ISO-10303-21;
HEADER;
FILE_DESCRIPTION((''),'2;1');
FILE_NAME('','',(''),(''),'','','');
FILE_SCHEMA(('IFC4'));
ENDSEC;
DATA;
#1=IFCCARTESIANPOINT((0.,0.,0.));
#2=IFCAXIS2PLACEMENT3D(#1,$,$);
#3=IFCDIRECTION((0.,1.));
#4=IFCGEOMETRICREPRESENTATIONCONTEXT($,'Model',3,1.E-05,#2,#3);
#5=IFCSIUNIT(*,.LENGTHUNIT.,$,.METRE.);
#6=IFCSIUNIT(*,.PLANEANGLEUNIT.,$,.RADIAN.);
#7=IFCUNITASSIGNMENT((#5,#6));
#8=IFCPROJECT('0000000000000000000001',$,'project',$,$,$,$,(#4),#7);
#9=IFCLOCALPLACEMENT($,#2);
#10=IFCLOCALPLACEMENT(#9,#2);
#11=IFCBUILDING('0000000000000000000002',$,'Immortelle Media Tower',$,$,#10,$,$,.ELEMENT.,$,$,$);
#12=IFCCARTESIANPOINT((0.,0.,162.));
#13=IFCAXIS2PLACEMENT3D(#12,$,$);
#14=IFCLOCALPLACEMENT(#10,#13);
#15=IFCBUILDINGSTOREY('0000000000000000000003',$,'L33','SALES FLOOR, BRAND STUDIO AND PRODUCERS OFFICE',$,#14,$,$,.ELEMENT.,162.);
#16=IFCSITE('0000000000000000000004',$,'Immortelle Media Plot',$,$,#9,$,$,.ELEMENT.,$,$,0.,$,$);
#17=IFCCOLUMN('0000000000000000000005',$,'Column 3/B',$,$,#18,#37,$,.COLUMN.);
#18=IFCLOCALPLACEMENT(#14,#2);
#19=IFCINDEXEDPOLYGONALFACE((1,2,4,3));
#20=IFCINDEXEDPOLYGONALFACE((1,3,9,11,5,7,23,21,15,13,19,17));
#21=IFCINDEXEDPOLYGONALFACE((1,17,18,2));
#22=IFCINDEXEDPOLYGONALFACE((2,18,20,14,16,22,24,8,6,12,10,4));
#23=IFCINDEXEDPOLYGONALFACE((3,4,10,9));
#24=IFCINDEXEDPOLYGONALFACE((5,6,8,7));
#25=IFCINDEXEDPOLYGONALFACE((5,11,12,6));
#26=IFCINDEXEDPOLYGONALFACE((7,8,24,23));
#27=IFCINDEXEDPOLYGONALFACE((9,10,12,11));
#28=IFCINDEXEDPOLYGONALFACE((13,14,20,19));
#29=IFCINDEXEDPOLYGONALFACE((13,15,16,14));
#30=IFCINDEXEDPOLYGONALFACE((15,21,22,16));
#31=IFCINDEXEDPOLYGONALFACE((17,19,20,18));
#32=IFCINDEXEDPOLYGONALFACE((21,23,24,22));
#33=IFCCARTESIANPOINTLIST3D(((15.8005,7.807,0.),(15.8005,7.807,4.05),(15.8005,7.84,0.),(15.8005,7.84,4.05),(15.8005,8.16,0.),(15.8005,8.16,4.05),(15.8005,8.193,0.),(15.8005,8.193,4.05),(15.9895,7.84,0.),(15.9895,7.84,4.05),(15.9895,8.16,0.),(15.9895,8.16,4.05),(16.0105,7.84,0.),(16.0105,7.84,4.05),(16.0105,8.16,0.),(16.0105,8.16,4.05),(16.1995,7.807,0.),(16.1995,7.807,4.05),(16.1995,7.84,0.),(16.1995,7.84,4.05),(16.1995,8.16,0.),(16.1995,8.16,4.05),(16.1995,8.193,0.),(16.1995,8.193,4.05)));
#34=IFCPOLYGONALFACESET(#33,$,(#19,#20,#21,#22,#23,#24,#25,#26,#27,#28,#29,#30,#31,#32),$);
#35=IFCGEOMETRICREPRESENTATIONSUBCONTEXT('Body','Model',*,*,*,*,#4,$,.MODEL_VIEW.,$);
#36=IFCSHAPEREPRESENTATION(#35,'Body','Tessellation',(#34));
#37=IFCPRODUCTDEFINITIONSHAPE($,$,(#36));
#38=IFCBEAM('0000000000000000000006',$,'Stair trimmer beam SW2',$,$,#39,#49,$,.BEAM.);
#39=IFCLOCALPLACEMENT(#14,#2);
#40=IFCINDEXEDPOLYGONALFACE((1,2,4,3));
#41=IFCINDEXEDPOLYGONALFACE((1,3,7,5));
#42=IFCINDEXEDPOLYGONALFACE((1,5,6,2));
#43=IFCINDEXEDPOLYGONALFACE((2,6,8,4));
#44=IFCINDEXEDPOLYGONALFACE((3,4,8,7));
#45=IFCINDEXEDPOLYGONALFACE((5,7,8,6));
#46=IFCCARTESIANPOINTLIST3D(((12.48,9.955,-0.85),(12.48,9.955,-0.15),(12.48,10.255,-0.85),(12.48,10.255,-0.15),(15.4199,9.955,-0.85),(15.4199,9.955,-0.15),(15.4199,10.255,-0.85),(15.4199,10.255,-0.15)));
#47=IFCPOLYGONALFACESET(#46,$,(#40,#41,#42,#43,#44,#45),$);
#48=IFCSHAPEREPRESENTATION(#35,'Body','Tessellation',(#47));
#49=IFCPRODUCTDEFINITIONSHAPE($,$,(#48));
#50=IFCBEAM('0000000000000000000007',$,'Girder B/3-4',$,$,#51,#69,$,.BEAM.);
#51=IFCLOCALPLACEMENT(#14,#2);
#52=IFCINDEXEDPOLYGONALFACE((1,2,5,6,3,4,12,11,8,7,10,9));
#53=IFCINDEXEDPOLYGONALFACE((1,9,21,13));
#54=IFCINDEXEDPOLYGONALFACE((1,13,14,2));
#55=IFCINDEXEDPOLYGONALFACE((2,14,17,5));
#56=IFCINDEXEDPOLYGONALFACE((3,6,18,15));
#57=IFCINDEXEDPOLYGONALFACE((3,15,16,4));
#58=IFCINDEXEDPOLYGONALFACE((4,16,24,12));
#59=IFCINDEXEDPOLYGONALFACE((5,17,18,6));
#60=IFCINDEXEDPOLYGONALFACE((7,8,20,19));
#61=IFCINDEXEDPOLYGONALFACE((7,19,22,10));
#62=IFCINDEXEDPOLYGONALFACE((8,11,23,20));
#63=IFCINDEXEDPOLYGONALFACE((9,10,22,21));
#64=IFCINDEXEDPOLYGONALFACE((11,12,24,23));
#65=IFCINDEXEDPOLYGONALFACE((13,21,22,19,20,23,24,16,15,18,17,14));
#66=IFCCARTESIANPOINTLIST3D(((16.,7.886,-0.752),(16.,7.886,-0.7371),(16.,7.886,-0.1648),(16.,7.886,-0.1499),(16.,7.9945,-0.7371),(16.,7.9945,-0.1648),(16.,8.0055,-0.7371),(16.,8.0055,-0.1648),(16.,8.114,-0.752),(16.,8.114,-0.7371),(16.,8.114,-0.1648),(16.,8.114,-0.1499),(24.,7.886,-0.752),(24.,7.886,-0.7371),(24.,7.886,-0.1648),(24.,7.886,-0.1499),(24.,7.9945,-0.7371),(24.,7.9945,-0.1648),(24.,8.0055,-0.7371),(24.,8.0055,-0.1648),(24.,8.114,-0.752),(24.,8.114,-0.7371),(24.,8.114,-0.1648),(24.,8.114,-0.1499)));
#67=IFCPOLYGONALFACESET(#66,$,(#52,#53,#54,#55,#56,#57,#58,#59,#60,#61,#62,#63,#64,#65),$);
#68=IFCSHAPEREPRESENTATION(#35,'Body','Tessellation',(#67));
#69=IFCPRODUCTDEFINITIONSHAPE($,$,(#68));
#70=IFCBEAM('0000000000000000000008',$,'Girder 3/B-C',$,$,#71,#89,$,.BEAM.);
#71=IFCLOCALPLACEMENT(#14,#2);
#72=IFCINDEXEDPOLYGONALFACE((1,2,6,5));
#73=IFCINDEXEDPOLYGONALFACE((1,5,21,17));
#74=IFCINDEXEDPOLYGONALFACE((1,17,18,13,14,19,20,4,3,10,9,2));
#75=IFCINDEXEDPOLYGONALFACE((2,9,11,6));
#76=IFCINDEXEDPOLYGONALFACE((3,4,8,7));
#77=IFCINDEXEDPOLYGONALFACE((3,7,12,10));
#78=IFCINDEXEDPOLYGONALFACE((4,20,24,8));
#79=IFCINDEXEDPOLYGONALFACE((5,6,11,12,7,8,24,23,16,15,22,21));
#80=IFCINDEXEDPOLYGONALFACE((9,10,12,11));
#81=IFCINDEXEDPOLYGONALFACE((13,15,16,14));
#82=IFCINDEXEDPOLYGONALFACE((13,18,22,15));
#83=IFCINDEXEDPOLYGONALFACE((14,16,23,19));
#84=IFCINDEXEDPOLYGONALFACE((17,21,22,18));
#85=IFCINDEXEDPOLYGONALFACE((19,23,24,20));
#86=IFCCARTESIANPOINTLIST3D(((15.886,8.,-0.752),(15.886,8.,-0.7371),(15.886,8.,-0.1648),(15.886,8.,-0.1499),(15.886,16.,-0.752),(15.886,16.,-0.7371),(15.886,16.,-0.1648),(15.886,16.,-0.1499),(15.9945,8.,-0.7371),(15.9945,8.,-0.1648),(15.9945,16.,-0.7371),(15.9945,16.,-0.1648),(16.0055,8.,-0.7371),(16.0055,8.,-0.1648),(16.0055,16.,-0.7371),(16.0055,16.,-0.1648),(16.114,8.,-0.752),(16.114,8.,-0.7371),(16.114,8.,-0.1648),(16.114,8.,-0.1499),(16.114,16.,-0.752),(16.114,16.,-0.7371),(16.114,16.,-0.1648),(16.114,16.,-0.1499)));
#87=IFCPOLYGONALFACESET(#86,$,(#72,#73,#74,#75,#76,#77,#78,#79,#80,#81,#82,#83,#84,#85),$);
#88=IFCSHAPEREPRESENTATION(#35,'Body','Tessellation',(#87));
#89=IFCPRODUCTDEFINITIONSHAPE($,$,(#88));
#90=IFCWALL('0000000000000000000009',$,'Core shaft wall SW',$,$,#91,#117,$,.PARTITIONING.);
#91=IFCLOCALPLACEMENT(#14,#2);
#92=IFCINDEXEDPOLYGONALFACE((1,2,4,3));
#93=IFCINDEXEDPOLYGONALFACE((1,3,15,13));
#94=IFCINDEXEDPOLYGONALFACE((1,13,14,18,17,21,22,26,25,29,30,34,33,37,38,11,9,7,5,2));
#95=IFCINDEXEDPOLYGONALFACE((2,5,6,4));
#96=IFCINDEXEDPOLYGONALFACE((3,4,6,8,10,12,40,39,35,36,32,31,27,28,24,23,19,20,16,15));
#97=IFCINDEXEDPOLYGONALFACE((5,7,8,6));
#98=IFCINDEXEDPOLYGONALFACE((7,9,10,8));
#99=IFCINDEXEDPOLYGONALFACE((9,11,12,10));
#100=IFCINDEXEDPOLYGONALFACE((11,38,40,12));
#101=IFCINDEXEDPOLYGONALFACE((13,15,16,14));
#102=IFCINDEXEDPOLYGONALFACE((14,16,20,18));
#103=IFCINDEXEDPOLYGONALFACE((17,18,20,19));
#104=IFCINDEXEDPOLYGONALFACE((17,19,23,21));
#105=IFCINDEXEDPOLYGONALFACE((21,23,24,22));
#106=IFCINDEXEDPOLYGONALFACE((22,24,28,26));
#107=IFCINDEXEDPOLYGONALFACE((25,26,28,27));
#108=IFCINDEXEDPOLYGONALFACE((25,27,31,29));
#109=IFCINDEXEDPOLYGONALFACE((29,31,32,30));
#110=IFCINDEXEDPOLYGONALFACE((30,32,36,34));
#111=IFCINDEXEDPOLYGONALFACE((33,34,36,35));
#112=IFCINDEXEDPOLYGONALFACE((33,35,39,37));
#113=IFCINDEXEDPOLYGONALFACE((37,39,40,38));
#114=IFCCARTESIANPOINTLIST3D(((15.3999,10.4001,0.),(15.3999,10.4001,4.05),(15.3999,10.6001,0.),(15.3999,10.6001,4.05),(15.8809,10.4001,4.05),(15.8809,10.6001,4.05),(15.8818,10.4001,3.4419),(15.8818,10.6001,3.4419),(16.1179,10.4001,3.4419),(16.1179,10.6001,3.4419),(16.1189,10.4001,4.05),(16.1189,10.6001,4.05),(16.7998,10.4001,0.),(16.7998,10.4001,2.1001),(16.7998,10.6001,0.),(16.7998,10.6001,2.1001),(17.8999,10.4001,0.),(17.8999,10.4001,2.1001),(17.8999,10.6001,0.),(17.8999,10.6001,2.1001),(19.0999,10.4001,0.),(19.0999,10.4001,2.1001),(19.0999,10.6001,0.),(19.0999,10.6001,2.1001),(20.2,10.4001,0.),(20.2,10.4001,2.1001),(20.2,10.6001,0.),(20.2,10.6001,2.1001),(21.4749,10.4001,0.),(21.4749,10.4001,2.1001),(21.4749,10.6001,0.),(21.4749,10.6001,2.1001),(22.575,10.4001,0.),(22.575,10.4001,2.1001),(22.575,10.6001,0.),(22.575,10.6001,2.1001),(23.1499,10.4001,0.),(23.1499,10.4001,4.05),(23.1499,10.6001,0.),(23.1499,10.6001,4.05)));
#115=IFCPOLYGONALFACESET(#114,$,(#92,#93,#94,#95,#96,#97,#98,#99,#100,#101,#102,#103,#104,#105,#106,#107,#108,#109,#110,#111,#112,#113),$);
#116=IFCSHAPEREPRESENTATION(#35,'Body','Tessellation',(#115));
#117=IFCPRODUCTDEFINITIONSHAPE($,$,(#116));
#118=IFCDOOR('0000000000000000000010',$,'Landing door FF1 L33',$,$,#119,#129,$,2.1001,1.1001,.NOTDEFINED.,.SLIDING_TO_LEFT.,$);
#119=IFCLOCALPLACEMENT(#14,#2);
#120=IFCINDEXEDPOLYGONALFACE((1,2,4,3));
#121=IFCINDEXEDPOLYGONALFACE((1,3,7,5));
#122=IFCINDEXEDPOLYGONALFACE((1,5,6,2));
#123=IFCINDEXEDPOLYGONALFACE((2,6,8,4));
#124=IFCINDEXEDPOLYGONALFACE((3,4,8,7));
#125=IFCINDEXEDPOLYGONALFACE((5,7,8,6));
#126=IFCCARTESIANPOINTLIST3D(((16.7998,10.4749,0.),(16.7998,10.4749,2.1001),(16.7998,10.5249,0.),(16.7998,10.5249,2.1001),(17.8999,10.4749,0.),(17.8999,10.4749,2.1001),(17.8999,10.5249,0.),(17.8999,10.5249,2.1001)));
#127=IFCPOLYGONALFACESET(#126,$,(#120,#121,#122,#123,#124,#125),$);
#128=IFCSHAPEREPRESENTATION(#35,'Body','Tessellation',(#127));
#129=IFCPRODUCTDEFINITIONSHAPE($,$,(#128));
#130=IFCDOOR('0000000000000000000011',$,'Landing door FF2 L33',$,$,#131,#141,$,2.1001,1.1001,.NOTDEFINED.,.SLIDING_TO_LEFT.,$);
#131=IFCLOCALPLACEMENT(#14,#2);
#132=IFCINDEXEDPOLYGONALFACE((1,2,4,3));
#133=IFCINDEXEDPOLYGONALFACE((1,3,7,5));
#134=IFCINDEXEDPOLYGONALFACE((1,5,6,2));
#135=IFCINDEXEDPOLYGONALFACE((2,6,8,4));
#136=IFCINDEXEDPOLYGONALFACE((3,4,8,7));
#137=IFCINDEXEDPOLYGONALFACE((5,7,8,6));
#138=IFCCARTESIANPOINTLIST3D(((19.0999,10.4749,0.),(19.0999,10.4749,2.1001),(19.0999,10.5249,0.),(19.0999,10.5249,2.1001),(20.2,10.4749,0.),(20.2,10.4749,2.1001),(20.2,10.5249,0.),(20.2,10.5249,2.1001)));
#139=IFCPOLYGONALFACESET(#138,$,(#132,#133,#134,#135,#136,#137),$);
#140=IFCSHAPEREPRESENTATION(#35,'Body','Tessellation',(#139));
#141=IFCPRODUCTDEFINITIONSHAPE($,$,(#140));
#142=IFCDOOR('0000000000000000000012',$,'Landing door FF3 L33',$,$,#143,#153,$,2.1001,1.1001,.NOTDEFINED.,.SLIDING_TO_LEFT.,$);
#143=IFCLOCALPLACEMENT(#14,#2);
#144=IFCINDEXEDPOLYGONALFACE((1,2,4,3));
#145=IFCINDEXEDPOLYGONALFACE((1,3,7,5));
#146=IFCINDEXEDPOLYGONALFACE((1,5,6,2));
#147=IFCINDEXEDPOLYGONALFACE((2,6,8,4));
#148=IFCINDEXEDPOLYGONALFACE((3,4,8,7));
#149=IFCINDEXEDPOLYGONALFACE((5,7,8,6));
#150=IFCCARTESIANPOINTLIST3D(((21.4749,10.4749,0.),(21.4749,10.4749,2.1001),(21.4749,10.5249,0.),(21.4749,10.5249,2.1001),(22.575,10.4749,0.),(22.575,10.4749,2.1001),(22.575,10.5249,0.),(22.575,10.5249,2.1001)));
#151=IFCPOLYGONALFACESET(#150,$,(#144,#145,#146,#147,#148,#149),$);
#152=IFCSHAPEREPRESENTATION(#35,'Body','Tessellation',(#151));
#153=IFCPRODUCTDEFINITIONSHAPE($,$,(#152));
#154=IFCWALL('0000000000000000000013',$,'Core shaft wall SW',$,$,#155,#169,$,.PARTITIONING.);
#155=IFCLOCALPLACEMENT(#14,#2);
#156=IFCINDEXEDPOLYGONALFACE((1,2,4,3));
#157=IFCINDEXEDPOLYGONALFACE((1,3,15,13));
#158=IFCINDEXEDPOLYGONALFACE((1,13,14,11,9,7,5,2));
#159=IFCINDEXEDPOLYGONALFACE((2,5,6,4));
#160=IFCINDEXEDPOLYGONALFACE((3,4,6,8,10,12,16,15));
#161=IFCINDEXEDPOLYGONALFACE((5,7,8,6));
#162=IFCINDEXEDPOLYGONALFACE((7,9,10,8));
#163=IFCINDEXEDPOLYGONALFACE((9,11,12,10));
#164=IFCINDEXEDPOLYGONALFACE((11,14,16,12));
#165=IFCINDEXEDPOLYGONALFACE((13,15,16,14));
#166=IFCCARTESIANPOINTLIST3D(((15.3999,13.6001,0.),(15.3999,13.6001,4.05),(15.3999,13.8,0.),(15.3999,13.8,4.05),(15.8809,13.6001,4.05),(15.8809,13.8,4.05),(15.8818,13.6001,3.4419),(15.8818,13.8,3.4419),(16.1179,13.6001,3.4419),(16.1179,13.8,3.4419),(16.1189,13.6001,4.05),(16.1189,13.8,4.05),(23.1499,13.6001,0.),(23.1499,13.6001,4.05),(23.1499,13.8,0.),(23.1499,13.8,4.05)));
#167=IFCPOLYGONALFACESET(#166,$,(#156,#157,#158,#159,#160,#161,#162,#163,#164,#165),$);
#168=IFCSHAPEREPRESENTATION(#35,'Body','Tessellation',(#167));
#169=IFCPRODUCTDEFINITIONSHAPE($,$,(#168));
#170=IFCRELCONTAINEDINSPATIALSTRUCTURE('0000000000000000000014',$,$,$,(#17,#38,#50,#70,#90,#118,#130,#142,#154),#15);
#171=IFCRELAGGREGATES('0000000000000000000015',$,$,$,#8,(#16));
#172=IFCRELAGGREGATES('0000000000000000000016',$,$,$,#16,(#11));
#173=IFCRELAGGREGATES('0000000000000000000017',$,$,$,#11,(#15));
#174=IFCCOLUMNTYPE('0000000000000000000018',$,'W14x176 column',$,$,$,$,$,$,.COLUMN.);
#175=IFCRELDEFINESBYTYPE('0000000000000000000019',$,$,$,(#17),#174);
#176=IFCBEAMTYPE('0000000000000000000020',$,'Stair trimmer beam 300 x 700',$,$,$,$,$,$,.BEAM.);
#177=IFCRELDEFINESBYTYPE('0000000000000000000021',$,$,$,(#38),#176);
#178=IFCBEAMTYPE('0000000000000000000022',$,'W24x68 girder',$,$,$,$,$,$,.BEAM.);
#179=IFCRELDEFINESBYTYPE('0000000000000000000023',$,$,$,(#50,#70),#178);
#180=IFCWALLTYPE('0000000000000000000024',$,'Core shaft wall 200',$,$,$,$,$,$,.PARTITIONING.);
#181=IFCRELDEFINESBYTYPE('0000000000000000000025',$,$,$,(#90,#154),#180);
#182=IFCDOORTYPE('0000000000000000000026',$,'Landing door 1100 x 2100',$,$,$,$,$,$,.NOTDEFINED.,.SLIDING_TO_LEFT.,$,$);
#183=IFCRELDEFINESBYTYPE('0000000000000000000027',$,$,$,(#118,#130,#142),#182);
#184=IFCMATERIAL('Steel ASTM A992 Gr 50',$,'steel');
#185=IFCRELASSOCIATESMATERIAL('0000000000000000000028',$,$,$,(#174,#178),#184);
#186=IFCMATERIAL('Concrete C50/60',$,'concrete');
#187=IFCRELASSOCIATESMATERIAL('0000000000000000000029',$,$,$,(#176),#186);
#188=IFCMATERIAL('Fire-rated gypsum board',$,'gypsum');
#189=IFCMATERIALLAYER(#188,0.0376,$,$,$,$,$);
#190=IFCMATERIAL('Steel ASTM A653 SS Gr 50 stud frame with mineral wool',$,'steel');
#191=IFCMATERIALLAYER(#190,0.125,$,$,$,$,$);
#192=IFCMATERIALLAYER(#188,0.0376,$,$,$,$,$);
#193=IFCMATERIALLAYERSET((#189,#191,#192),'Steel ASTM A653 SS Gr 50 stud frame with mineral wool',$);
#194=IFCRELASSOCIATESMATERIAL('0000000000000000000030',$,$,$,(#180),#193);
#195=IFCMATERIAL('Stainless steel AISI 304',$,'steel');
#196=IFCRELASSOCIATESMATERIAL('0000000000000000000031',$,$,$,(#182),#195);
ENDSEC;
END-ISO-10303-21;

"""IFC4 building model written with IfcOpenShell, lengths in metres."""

from ifc_helpers import new_model, si_unit, direction, frame, frame_2d, origin, origin_2d, place, context, subcontext, project, spatial, polyline, rectangle, i_section, outline, extrude, material, layer, layer_set, material_profile, profile_set, type_object, element, fill, save


model = new_model("IFC4")

# Units and contexts
model_context = context("Model", 3, precision=1e-05, world=origin(), true_north=direction((0.0, 1.0)))
body_context = subcontext(model_context, "Body", "Model", "MODEL_VIEW")
ifc_project = project(units=[si_unit("LENGTHUNIT", "METRE"), si_unit("PLANEANGLEUNIT", "RADIAN")], contexts=[model_context])

# Site, building, storey
site_placement = place(None, origin())
site = spatial("IfcSite", under=ifc_project, at=site_placement, Name="Immortelle Media Plot", CompositionType="ELEMENT", RefElevation=0.0)
building_placement = place(site_placement, origin())
building = spatial("IfcBuilding", under=site, at=building_placement, Name="Immortelle Media Tower", CompositionType="ELEMENT")
storey_placement = place(building_placement, frame((0.0, 0.0, 162.0)))
storey = spatial("IfcBuildingStorey", under=building, at=storey_placement, Name="L33", Description="SALES FLOOR, BRAND STUDIO AND PRODUCERS OFFICE", CompositionType="ELEMENT", Elevation=162.0)

# Column
ifc_material_1 = material(Name="Steel ASTM A992 Gr 50", Category="steel")
ifc_material_profile_1 = material_profile(ifc_material_1, i_section(OverallWidth=0.3989, OverallDepth=0.386, WebThickness=0.021, FlangeThickness=0.033, at=origin_2d()), Name="W14x176")
ifc_profile_set_1 = profile_set([ifc_material_profile_1], Name="Steel ASTM A992 Gr 50")
column_type = type_object("IfcColumnType", Name="W14x176 column", PredefinedType="COLUMN", material=ifc_profile_set_1)
column_placement = place(storey_placement, frame((16.0, 8.0, 0.0), z_axis=(0.0, 0.0, 1.0), x_axis=(1.0, 0.0, 0.0)))
element("IfcColumn", 1, at=column_placement, inside=storey, type_object=column_type, Name="Column 3/B", PredefinedType="COLUMN", context=body_context, shape_type="SweptSolid", body=[
    extrude(i_section(OverallWidth=0.3989, OverallDepth=0.386, WebThickness=0.021, FlangeThickness=0.033, at=origin_2d()), origin(), (0.0, 0.0, 1.0), 4.05),
])

# Beams
ifc_material_2 = material(Name="Concrete C50/60", Category="concrete")
ifc_material_profile_2 = material_profile(ifc_material_2, rectangle(XDim=0.3, YDim=0.7, at=origin_2d()), Name="RC 300x700")
ifc_profile_set_2 = profile_set([ifc_material_profile_2], Name="Concrete C50/60")
beam_type_1 = type_object("IfcBeamType", Name="Stair trimmer beam 300 x 700", PredefinedType="BEAM", material=ifc_profile_set_2)
beam_placement = place(storey_placement, frame((12.48, 10.105, -0.5), z_axis=(1.0, 0.0, 0.0), x_axis=(0.0, 1.0, 0.0)))
element("IfcBeam", 2, at=beam_placement, inside=storey, type_object=beam_type_1, Name="Stair trimmer beam SW2", PredefinedType="BEAM", context=body_context, shape_type="SweptSolid", body=[
    extrude(rectangle(XDim=0.3, YDim=0.7, at=origin_2d()), origin(), (0.0, 0.0, 1.0), 2.9399),
])
ifc_material_profile_3 = material_profile(ifc_material_1, i_section(OverallWidth=0.228, OverallDepth=0.6021, WebThickness=0.011, FlangeThickness=0.0149, at=origin_2d()), Name="W24x68")
ifc_profile_set_3 = profile_set([ifc_material_profile_3], Name="Steel ASTM A992 Gr 50")
beam_type_2 = type_object("IfcBeamType", Name="W24x68 girder", PredefinedType="BEAM", material=ifc_profile_set_3)
for number, where, z_axis, x_axis, name in (
    (3, (16.0, 8.0, -0.4509), (1.0, 0.0, 0.0), (0.0, 1.0, 0.0), "Girder B/3-4"),
    (4, (16.0, 8.0, -0.4509), (0.0, 1.0, 0.0), (-1.0, 0.0, 0.0), "Girder 3/B-C"),
):
    element("IfcBeam", number, at=place(storey_placement, frame(where, z_axis=z_axis, x_axis=x_axis)), inside=storey, type_object=beam_type_2, Name=name, PredefinedType="BEAM", context=body_context, shape_type="SweptSolid", body=[
        extrude(i_section(OverallWidth=0.228, OverallDepth=0.6021, WebThickness=0.011, FlangeThickness=0.0149, at=origin_2d()), origin(), (0.0, 0.0, 1.0), 8.0),
    ])

# Wall, openings, doors
ifc_material_3 = material(Name="Fire-rated gypsum board", Category="gypsum")
ifc_layer_1 = layer(ifc_material_3, 0.0376)
ifc_material_4 = material(Name="Steel ASTM A653 SS Gr 50 stud frame with mineral wool", Category="steel")
ifc_layer_2 = layer(ifc_material_4, 0.125)
ifc_layer_3 = layer(ifc_material_3, 0.0376)
ifc_layer_set_1 = layer_set([ifc_layer_1, ifc_layer_2, ifc_layer_3], Name="Steel ASTM A653 SS Gr 50 stud frame with mineral wool")
wall_type_1 = type_object("IfcWallType", Name="Core shaft wall 200", PredefinedType="PARTITIONING", material=ifc_layer_set_1)
wall_1_placement = place(storey_placement, frame((15.3999, 10.5, 0.0), z_axis=(0.0, 0.0, 1.0), x_axis=(1.0, 0.0, 0.0)))
wall_1 = element("IfcWall", 5, at=wall_1_placement, inside=storey, type_object=wall_type_1, Name="Core shaft wall SW", PredefinedType="PARTITIONING", context=body_context, shape_type="SweptSolid", body=[
    extrude(outline(polyline([(0.0, 0.0), (7.75, 0.0), (7.75, 4.05), (0.719, 4.05), (0.718, 3.4419), (0.4819, 3.4419), (0.481, 4.05), (0.0, 4.05), (0.0, 0.0)])), frame((0.0, 0.1001, 0.0), z_axis=(0.0, -1.0, 0.0), x_axis=(1.0, 0.0, 0.0)), (0.0, 0.0, 1.0), 0.2),
])
opening_1_placement = place(wall_1_placement, frame((1.3999, 0.0, 0.0)))
opening_1 = element("IfcOpeningElement", 6, at=opening_1_placement, cuts=wall_1, PredefinedType="OPENING", context=body_context, shape_type="SweptSolid", body=[
    extrude(rectangle(XDim=1.1001, YDim=2.1001, at=frame_2d((0.55, 1.05))), frame((0.0, 0.1099, 0.0), z_axis=(0.0, -1.0, 0.0), x_axis=(1.0, 0.0, 0.0)), (0.0, 0.0, 1.0), 0.22),
])
opening_2_placement = place(wall_1_placement, frame((3.7, 0.0, 0.0)))
opening_2 = element("IfcOpeningElement", 7, at=opening_2_placement, cuts=wall_1, PredefinedType="OPENING", context=body_context, shape_type="SweptSolid", body=[
    extrude(rectangle(XDim=1.1001, YDim=2.1001, at=frame_2d((0.55, 1.05))), frame((0.0, 0.1099, 0.0), z_axis=(0.0, -1.0, 0.0), x_axis=(1.0, 0.0, 0.0)), (0.0, 0.0, 1.0), 0.22),
])
opening_3_placement = place(wall_1_placement, frame((6.075, 0.0, 0.0)))
opening_3 = element("IfcOpeningElement", 8, at=opening_3_placement, cuts=wall_1, PredefinedType="OPENING", context=body_context, shape_type="SweptSolid", body=[
    extrude(rectangle(XDim=1.1001, YDim=2.1001, at=frame_2d((0.55, 1.05))), frame((0.0, 0.1099, 0.0), z_axis=(0.0, -1.0, 0.0), x_axis=(1.0, 0.0, 0.0)), (0.0, 0.0, 1.0), 0.22),
])
ifc_material_5 = material(Name="Stainless steel AISI 304", Category="steel")
door_type_1 = type_object("IfcDoorType", Name="Landing door 1100 x 2100", OperationType="SLIDING_TO_LEFT", PredefinedType="NOTDEFINED", material=ifc_material_5)
door_1_placement = place(opening_1_placement, origin())
door_1 = element("IfcDoor", 9, at=door_1_placement, inside=storey, type_object=door_type_1, Name="Landing door FF1 L33", OperationType="SLIDING_TO_LEFT", OverallHeight=2.1001, OverallWidth=1.1001, PredefinedType="NOTDEFINED", context=body_context, shape_type="SweptSolid", body=[
    extrude(rectangle(XDim=1.1001, YDim=2.1001, at=frame_2d((0.55, 1.05))), frame((0.0, 0.0249, 0.0), z_axis=(0.0, -1.0, 0.0), x_axis=(1.0, 0.0, 0.0)), (0.0, 0.0, 1.0), 0.05),
])
fill(opening_1, door_1)
door_2_placement = place(opening_2_placement, origin())
door_2 = element("IfcDoor", 10, at=door_2_placement, inside=storey, type_object=door_type_1, Name="Landing door FF2 L33", OperationType="SLIDING_TO_LEFT", OverallHeight=2.1001, OverallWidth=1.1001, PredefinedType="NOTDEFINED", context=body_context, shape_type="SweptSolid", body=[
    extrude(rectangle(XDim=1.1001, YDim=2.1001, at=frame_2d((0.55, 1.05))), frame((0.0, 0.0249, 0.0), z_axis=(0.0, -1.0, 0.0), x_axis=(1.0, 0.0, 0.0)), (0.0, 0.0, 1.0), 0.05),
])
fill(opening_2, door_2)
door_3_placement = place(opening_3_placement, origin())
door_3 = element("IfcDoor", 11, at=door_3_placement, inside=storey, type_object=door_type_1, Name="Landing door FF3 L33", OperationType="SLIDING_TO_LEFT", OverallHeight=2.1001, OverallWidth=1.1001, PredefinedType="NOTDEFINED", context=body_context, shape_type="SweptSolid", body=[
    extrude(rectangle(XDim=1.1001, YDim=2.1001, at=frame_2d((0.55, 1.05))), frame((0.0, 0.0249, 0.0), z_axis=(0.0, -1.0, 0.0), x_axis=(1.0, 0.0, 0.0)), (0.0, 0.0, 1.0), 0.05),
])
fill(opening_3, door_3)

# Wall
wall_2_placement = place(storey_placement, frame((15.3999, 13.7, 0.0), z_axis=(0.0, 0.0, 1.0), x_axis=(1.0, 0.0, 0.0)))
element("IfcWall", 12, at=wall_2_placement, inside=storey, type_object=wall_type_1, Name="Core shaft wall SW", PredefinedType="PARTITIONING", context=body_context, shape_type="SweptSolid", body=[
    extrude(outline(polyline([(0.0, 0.0), (7.75, 0.0), (7.75, 4.05), (0.719, 4.05), (0.718, 3.4419), (0.4819, 3.4419), (0.481, 4.05), (0.0, 4.05), (0.0, 0.0)])), frame((0.0, 0.1001, 0.0), z_axis=(0.0, -1.0, 0.0), x_axis=(1.0, 0.0, 0.0)), (0.0, 0.0, 1.0), 0.2),
])

save(model, "model.ifc")
